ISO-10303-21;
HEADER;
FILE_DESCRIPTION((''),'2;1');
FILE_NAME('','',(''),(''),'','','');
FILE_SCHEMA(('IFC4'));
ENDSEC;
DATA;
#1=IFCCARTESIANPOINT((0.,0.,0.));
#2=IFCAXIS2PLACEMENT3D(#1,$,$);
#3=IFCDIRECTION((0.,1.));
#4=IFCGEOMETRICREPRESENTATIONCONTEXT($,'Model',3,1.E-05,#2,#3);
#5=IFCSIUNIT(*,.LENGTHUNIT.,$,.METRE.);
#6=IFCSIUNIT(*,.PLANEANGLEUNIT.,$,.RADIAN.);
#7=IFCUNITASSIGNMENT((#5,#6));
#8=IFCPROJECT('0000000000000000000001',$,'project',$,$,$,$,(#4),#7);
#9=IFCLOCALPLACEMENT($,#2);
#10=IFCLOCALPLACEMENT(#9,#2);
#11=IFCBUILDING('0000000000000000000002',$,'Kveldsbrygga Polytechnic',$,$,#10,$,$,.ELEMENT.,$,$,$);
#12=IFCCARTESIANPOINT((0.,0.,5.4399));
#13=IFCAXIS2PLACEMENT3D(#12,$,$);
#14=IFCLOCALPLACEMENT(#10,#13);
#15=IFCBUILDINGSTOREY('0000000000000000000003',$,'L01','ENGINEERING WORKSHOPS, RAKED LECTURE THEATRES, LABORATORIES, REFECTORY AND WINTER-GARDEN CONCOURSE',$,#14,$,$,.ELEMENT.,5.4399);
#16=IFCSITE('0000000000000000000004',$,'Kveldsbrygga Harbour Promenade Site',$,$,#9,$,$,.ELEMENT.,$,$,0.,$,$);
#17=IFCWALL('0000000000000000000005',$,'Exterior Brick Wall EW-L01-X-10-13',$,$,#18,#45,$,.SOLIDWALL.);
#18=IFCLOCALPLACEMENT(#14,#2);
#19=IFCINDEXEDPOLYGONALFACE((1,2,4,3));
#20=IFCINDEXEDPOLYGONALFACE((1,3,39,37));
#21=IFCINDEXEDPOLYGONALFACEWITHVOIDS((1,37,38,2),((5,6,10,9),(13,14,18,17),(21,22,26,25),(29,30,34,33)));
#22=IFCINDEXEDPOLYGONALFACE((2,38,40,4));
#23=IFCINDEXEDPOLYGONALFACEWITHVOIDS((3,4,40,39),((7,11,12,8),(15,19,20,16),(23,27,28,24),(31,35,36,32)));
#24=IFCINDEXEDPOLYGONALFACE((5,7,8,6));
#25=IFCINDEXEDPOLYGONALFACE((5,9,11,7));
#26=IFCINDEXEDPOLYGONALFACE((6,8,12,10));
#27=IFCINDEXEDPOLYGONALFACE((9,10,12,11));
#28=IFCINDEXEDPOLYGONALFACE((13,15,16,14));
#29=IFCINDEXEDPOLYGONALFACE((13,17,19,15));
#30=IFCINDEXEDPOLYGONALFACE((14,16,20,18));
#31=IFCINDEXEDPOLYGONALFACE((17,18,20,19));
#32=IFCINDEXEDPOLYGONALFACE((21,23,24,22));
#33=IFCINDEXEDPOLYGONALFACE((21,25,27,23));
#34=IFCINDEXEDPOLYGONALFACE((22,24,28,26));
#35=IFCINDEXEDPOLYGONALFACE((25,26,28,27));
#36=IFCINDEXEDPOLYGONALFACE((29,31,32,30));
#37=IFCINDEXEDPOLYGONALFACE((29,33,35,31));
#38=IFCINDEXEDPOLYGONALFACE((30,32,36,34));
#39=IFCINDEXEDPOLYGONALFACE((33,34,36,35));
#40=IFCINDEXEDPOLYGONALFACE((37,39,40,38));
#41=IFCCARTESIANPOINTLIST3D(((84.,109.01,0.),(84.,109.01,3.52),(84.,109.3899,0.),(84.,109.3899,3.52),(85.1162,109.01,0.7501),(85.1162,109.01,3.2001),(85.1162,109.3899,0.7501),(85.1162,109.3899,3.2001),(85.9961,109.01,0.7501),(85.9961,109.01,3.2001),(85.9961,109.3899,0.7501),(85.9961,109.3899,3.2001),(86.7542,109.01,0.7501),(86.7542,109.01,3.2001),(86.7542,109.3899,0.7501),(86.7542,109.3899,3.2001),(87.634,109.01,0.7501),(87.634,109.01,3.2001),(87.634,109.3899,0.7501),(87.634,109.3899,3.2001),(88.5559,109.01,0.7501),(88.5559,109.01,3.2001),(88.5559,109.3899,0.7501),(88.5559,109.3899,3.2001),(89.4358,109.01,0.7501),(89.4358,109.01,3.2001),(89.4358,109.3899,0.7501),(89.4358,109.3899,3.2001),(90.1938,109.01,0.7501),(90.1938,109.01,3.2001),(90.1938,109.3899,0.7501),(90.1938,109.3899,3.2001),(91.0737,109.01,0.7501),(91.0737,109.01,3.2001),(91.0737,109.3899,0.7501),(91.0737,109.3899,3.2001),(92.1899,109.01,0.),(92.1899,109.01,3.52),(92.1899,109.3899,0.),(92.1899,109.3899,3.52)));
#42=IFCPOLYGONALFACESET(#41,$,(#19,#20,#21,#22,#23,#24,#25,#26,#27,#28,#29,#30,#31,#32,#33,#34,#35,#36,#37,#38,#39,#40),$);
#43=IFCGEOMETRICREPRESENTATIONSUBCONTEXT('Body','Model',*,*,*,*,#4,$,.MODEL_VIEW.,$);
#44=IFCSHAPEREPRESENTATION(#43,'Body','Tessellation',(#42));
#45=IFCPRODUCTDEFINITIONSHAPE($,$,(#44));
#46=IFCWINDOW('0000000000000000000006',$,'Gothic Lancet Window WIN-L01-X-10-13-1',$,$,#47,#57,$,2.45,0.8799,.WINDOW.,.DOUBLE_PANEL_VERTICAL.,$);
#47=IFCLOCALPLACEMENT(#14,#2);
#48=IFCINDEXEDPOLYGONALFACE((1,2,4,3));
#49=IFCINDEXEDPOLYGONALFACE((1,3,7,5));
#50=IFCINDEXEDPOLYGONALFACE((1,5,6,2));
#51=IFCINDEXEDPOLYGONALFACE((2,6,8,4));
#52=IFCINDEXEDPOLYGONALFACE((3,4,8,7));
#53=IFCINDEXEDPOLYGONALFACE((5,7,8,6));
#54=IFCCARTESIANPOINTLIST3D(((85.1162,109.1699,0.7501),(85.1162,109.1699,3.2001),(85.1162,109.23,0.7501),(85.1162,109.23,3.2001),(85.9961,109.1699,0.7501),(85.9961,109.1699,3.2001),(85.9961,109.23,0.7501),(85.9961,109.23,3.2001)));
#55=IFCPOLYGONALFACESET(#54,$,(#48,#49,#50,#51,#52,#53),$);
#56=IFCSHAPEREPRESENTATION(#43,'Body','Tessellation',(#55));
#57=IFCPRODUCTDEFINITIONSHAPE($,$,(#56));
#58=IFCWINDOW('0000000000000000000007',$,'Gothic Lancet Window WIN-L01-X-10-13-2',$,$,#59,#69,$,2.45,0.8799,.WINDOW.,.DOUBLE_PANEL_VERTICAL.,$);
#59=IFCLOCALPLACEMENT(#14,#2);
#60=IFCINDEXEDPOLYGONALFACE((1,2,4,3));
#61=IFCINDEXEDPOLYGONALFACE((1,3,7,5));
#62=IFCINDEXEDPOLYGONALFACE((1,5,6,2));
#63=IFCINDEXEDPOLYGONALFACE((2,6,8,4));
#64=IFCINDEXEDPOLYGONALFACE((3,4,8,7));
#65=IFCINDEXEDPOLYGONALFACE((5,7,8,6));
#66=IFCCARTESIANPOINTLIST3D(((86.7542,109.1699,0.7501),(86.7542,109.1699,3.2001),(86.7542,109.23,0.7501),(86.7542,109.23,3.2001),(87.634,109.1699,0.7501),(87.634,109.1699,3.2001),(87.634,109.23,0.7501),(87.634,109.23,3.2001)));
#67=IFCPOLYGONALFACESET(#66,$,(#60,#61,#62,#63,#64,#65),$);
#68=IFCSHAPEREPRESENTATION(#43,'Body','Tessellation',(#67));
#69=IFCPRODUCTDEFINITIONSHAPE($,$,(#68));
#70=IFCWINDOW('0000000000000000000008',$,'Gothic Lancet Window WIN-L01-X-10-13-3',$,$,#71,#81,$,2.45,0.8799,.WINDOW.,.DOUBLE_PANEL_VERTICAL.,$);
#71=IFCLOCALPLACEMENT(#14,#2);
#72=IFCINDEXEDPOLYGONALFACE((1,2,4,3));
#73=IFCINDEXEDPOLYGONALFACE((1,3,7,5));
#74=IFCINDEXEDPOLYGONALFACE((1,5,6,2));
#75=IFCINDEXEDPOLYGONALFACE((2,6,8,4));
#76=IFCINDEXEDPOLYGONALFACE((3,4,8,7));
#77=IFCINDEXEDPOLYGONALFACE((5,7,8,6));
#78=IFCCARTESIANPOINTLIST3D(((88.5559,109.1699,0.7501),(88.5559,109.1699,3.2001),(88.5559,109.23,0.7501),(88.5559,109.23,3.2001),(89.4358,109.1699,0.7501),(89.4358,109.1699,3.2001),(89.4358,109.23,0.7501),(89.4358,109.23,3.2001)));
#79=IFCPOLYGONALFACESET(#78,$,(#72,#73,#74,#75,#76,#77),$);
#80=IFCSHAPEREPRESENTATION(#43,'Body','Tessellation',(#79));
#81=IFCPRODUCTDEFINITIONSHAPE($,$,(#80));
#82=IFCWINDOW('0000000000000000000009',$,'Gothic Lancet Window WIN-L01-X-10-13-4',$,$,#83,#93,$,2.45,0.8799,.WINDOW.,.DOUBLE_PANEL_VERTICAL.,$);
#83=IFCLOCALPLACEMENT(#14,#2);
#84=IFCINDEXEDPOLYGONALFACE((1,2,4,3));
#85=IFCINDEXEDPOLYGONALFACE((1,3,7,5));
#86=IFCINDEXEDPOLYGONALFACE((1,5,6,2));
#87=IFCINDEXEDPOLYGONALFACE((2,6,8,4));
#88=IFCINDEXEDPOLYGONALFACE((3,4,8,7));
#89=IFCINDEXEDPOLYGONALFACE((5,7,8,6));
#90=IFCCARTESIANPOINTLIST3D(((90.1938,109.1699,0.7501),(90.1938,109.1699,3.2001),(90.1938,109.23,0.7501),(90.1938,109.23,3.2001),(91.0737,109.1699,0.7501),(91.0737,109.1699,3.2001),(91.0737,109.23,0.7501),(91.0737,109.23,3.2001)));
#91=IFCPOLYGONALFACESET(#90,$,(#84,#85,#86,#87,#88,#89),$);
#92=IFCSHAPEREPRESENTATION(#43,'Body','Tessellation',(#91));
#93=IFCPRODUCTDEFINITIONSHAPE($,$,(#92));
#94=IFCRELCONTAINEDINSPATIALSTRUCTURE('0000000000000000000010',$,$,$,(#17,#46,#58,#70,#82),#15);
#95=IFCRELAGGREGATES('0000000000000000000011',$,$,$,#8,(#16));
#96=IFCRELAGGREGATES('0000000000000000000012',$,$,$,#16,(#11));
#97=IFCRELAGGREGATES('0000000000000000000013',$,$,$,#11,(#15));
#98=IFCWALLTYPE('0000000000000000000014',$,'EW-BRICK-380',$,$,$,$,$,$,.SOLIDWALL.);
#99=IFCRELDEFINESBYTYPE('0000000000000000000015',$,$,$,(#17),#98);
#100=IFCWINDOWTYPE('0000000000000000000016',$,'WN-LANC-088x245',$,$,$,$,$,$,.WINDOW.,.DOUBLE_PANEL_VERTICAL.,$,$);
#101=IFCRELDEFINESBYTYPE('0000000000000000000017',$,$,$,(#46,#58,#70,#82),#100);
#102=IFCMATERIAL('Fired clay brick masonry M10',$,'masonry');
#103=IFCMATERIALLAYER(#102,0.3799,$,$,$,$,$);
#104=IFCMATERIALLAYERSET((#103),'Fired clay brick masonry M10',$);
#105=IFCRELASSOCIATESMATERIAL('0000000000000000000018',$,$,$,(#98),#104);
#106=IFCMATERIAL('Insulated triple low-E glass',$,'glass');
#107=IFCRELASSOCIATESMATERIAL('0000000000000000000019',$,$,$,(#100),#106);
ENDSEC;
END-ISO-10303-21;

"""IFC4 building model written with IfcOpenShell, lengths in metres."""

from ifc_helpers import new_model, si_unit, direction, frame, frame_2d, origin, place, context, subcontext, project, spatial, rectangle, extrude, material, layer, layer_set, type_object, element, fill, save


model = new_model("IFC4")

# Units and contexts
model_context = context("Model", 3, precision=1e-05, world=origin(), true_north=direction((0.0, 1.0)))
body_context = subcontext(model_context, "Body", "Model", "MODEL_VIEW")
ifc_project = project(units=[si_unit("LENGTHUNIT", "METRE"), si_unit("PLANEANGLEUNIT", "RADIAN")], contexts=[model_context])

# Site, building, storey
site_placement = place(None, origin())
site = spatial("IfcSite", under=ifc_project, at=site_placement, Name="Kveldsbrygga Harbour Promenade Site", CompositionType="ELEMENT", RefElevation=0.0)
building_placement = place(site_placement, origin())
building = spatial("IfcBuilding", under=site, at=building_placement, Name="Kveldsbrygga Polytechnic", CompositionType="ELEMENT")
storey_placement = place(building_placement, frame((0.0, 0.0, 5.4399)))
storey = spatial("IfcBuildingStorey", under=building, at=storey_placement, Name="L01", Description="ENGINEERING WORKSHOPS, RAKED LECTURE THEATRES, LABORATORIES, REFECTORY AND WINTER-GARDEN CONCOURSE", CompositionType="ELEMENT", Elevation=5.4399)

# Shared definitions
ifc_material_1 = material(Name="Insulated triple low-E glass", Category="glass")

# Wall, openings, windows
ifc_material_2 = material(Name="Fired clay brick masonry M10", Category="masonry")
ifc_layer_1 = layer(ifc_material_2, 0.3799)
ifc_layer_set_1 = layer_set([ifc_layer_1], Name="Fired clay brick masonry M10")
wall_type = type_object("IfcWallType", Name="EW-BRICK-380", PredefinedType="SOLIDWALL", material=ifc_layer_set_1)
wall_1_placement = place(storey_placement, frame((84.0, 109.2, 0.0), z_axis=(0.0, 0.0, 1.0), x_axis=(1.0, 0.0, 0.0)))
wall_1 = element("IfcWall", 1, at=wall_1_placement, inside=storey, type_object=wall_type, Name="Exterior Brick Wall EW-L01-X-10-13", PredefinedType="SOLIDWALL", context=body_context, shape_type="SweptSolid", body=[
    extrude(rectangle(XDim=8.1899, YDim=0.3799, at=frame_2d((4.095, 0.0))), origin(), (0.0, 0.0, 1.0), 3.52),
])
opening_1_placement = place(wall_1_placement, frame((1.1162, 0.0, 0.75)))
opening_1 = element("IfcOpeningElement", 2, at=opening_1_placement, cuts=wall_1, PredefinedType="OPENING", context=body_context, shape_type="SweptSolid", body=[
    extrude(rectangle(XDim=0.8799, YDim=2.45, at=frame_2d((0.4399, 1.2251))), frame((0.0, 0.2, 0.0), z_axis=(0.0, -1.0, 0.0), x_axis=(1.0, 0.0, 0.0)), (0.0, 0.0, 1.0), 0.3999),
])
opening_2_placement = place(wall_1_placement, frame((2.7542, 0.0, 0.75)))
opening_2 = element("IfcOpeningElement", 3, at=opening_2_placement, cuts=wall_1, PredefinedType="OPENING", context=body_context, shape_type="SweptSolid", body=[
    extrude(rectangle(XDim=0.8799, YDim=2.45, at=frame_2d((0.4399, 1.2251))), frame((0.0, 0.2, 0.0), z_axis=(0.0, -1.0, 0.0), x_axis=(1.0, 0.0, 0.0)), (0.0, 0.0, 1.0), 0.3999),
])
opening_3_placement = place(wall_1_placement, frame((4.5559, 0.0, 0.75)))
opening_3 = element("IfcOpeningElement", 4, at=opening_3_placement, cuts=wall_1, PredefinedType="OPENING", context=body_context, shape_type="SweptSolid", body=[
    extrude(rectangle(XDim=0.8799, YDim=2.45, at=frame_2d((0.4399, 1.2251))), frame((0.0, 0.2, 0.0), z_axis=(0.0, -1.0, 0.0), x_axis=(1.0, 0.0, 0.0)), (0.0, 0.0, 1.0), 0.3999),
])
opening_4_placement = place(wall_1_placement, frame((6.1938, 0.0, 0.75)))
opening_4 = element("IfcOpeningElement", 5, at=opening_4_placement, cuts=wall_1, PredefinedType="OPENING", context=body_context, shape_type="SweptSolid", body=[
    extrude(rectangle(XDim=0.8799, YDim=2.45, at=frame_2d((0.4399, 1.2251))), frame((0.0, 0.2, 0.0), z_axis=(0.0, -1.0, 0.0), x_axis=(1.0, 0.0, 0.0)), (0.0, 0.0, 1.0), 0.3999),
])
window_type_1 = type_object("IfcWindowType", Name="WN-LANC-088x245", PartitioningType="DOUBLE_PANEL_VERTICAL", PredefinedType="WINDOW", material=ifc_material_1)
window_1_placement = place(opening_1_placement, origin())
window_1 = element("IfcWindow", 6, at=window_1_placement, inside=storey, type_object=window_type_1, Name="Gothic Lancet Window WIN-L01-X-10-13-1", OverallHeight=2.45, OverallWidth=0.8799, PartitioningType="DOUBLE_PANEL_VERTICAL", PredefinedType="WINDOW", context=body_context, shape_type="SweptSolid", body=[
    extrude(rectangle(XDim=0.8799, YDim=2.45, at=frame_2d((0.4399, 1.2251))), frame((0.0, 0.03, 0.0), z_axis=(0.0, -1.0, 0.0), x_axis=(1.0, 0.0, 0.0)), (0.0, 0.0, 1.0), 0.0601),
])
fill(opening_1, window_1)
window_2_placement = place(opening_2_placement, origin())
window_2 = element("IfcWindow", 7, at=window_2_placement, inside=storey, type_object=window_type_1, Name="Gothic Lancet Window WIN-L01-X-10-13-2", OverallHeight=2.45, OverallWidth=0.8799, PartitioningType="DOUBLE_PANEL_VERTICAL", PredefinedType="WINDOW", context=body_context, shape_type="SweptSolid", body=[
    extrude(rectangle(XDim=0.8799, YDim=2.45, at=frame_2d((0.4399, 1.2251))), frame((0.0, 0.03, 0.0), z_axis=(0.0, -1.0, 0.0), x_axis=(1.0, 0.0, 0.0)), (0.0, 0.0, 1.0), 0.0601),
])
fill(opening_2, window_2)
window_3_placement = place(opening_3_placement, origin())
window_3 = element("IfcWindow", 8, at=window_3_placement, inside=storey, type_object=window_type_1, Name="Gothic Lancet Window WIN-L01-X-10-13-3", OverallHeight=2.45, OverallWidth=0.8799, PartitioningType="DOUBLE_PANEL_VERTICAL", PredefinedType="WINDOW", context=body_context, shape_type="SweptSolid", body=[
    extrude(rectangle(XDim=0.8799, YDim=2.45, at=frame_2d((0.4399, 1.2251))), frame((0.0, 0.03, 0.0), z_axis=(0.0, -1.0, 0.0), x_axis=(1.0, 0.0, 0.0)), (0.0, 0.0, 1.0), 0.0601),
])
fill(opening_3, window_3)
window_4_placement = place(opening_4_placement, origin())
window_4 = element("IfcWindow", 9, at=window_4_placement, inside=storey, type_object=window_type_1, Name="Gothic Lancet Window WIN-L01-X-10-13-4", OverallHeight=2.45, OverallWidth=0.8799, PartitioningType="DOUBLE_PANEL_VERTICAL", PredefinedType="WINDOW", context=body_context, shape_type="SweptSolid", body=[
    extrude(rectangle(XDim=0.8799, YDim=2.45, at=frame_2d((0.4399, 1.2251))), frame((0.0, 0.03, 0.0), z_axis=(0.0, -1.0, 0.0), x_axis=(1.0, 0.0, 0.0)), (0.0, 0.0, 1.0), 0.0601),
])
fill(opening_4, window_4)

save(model, "model.ifc")
